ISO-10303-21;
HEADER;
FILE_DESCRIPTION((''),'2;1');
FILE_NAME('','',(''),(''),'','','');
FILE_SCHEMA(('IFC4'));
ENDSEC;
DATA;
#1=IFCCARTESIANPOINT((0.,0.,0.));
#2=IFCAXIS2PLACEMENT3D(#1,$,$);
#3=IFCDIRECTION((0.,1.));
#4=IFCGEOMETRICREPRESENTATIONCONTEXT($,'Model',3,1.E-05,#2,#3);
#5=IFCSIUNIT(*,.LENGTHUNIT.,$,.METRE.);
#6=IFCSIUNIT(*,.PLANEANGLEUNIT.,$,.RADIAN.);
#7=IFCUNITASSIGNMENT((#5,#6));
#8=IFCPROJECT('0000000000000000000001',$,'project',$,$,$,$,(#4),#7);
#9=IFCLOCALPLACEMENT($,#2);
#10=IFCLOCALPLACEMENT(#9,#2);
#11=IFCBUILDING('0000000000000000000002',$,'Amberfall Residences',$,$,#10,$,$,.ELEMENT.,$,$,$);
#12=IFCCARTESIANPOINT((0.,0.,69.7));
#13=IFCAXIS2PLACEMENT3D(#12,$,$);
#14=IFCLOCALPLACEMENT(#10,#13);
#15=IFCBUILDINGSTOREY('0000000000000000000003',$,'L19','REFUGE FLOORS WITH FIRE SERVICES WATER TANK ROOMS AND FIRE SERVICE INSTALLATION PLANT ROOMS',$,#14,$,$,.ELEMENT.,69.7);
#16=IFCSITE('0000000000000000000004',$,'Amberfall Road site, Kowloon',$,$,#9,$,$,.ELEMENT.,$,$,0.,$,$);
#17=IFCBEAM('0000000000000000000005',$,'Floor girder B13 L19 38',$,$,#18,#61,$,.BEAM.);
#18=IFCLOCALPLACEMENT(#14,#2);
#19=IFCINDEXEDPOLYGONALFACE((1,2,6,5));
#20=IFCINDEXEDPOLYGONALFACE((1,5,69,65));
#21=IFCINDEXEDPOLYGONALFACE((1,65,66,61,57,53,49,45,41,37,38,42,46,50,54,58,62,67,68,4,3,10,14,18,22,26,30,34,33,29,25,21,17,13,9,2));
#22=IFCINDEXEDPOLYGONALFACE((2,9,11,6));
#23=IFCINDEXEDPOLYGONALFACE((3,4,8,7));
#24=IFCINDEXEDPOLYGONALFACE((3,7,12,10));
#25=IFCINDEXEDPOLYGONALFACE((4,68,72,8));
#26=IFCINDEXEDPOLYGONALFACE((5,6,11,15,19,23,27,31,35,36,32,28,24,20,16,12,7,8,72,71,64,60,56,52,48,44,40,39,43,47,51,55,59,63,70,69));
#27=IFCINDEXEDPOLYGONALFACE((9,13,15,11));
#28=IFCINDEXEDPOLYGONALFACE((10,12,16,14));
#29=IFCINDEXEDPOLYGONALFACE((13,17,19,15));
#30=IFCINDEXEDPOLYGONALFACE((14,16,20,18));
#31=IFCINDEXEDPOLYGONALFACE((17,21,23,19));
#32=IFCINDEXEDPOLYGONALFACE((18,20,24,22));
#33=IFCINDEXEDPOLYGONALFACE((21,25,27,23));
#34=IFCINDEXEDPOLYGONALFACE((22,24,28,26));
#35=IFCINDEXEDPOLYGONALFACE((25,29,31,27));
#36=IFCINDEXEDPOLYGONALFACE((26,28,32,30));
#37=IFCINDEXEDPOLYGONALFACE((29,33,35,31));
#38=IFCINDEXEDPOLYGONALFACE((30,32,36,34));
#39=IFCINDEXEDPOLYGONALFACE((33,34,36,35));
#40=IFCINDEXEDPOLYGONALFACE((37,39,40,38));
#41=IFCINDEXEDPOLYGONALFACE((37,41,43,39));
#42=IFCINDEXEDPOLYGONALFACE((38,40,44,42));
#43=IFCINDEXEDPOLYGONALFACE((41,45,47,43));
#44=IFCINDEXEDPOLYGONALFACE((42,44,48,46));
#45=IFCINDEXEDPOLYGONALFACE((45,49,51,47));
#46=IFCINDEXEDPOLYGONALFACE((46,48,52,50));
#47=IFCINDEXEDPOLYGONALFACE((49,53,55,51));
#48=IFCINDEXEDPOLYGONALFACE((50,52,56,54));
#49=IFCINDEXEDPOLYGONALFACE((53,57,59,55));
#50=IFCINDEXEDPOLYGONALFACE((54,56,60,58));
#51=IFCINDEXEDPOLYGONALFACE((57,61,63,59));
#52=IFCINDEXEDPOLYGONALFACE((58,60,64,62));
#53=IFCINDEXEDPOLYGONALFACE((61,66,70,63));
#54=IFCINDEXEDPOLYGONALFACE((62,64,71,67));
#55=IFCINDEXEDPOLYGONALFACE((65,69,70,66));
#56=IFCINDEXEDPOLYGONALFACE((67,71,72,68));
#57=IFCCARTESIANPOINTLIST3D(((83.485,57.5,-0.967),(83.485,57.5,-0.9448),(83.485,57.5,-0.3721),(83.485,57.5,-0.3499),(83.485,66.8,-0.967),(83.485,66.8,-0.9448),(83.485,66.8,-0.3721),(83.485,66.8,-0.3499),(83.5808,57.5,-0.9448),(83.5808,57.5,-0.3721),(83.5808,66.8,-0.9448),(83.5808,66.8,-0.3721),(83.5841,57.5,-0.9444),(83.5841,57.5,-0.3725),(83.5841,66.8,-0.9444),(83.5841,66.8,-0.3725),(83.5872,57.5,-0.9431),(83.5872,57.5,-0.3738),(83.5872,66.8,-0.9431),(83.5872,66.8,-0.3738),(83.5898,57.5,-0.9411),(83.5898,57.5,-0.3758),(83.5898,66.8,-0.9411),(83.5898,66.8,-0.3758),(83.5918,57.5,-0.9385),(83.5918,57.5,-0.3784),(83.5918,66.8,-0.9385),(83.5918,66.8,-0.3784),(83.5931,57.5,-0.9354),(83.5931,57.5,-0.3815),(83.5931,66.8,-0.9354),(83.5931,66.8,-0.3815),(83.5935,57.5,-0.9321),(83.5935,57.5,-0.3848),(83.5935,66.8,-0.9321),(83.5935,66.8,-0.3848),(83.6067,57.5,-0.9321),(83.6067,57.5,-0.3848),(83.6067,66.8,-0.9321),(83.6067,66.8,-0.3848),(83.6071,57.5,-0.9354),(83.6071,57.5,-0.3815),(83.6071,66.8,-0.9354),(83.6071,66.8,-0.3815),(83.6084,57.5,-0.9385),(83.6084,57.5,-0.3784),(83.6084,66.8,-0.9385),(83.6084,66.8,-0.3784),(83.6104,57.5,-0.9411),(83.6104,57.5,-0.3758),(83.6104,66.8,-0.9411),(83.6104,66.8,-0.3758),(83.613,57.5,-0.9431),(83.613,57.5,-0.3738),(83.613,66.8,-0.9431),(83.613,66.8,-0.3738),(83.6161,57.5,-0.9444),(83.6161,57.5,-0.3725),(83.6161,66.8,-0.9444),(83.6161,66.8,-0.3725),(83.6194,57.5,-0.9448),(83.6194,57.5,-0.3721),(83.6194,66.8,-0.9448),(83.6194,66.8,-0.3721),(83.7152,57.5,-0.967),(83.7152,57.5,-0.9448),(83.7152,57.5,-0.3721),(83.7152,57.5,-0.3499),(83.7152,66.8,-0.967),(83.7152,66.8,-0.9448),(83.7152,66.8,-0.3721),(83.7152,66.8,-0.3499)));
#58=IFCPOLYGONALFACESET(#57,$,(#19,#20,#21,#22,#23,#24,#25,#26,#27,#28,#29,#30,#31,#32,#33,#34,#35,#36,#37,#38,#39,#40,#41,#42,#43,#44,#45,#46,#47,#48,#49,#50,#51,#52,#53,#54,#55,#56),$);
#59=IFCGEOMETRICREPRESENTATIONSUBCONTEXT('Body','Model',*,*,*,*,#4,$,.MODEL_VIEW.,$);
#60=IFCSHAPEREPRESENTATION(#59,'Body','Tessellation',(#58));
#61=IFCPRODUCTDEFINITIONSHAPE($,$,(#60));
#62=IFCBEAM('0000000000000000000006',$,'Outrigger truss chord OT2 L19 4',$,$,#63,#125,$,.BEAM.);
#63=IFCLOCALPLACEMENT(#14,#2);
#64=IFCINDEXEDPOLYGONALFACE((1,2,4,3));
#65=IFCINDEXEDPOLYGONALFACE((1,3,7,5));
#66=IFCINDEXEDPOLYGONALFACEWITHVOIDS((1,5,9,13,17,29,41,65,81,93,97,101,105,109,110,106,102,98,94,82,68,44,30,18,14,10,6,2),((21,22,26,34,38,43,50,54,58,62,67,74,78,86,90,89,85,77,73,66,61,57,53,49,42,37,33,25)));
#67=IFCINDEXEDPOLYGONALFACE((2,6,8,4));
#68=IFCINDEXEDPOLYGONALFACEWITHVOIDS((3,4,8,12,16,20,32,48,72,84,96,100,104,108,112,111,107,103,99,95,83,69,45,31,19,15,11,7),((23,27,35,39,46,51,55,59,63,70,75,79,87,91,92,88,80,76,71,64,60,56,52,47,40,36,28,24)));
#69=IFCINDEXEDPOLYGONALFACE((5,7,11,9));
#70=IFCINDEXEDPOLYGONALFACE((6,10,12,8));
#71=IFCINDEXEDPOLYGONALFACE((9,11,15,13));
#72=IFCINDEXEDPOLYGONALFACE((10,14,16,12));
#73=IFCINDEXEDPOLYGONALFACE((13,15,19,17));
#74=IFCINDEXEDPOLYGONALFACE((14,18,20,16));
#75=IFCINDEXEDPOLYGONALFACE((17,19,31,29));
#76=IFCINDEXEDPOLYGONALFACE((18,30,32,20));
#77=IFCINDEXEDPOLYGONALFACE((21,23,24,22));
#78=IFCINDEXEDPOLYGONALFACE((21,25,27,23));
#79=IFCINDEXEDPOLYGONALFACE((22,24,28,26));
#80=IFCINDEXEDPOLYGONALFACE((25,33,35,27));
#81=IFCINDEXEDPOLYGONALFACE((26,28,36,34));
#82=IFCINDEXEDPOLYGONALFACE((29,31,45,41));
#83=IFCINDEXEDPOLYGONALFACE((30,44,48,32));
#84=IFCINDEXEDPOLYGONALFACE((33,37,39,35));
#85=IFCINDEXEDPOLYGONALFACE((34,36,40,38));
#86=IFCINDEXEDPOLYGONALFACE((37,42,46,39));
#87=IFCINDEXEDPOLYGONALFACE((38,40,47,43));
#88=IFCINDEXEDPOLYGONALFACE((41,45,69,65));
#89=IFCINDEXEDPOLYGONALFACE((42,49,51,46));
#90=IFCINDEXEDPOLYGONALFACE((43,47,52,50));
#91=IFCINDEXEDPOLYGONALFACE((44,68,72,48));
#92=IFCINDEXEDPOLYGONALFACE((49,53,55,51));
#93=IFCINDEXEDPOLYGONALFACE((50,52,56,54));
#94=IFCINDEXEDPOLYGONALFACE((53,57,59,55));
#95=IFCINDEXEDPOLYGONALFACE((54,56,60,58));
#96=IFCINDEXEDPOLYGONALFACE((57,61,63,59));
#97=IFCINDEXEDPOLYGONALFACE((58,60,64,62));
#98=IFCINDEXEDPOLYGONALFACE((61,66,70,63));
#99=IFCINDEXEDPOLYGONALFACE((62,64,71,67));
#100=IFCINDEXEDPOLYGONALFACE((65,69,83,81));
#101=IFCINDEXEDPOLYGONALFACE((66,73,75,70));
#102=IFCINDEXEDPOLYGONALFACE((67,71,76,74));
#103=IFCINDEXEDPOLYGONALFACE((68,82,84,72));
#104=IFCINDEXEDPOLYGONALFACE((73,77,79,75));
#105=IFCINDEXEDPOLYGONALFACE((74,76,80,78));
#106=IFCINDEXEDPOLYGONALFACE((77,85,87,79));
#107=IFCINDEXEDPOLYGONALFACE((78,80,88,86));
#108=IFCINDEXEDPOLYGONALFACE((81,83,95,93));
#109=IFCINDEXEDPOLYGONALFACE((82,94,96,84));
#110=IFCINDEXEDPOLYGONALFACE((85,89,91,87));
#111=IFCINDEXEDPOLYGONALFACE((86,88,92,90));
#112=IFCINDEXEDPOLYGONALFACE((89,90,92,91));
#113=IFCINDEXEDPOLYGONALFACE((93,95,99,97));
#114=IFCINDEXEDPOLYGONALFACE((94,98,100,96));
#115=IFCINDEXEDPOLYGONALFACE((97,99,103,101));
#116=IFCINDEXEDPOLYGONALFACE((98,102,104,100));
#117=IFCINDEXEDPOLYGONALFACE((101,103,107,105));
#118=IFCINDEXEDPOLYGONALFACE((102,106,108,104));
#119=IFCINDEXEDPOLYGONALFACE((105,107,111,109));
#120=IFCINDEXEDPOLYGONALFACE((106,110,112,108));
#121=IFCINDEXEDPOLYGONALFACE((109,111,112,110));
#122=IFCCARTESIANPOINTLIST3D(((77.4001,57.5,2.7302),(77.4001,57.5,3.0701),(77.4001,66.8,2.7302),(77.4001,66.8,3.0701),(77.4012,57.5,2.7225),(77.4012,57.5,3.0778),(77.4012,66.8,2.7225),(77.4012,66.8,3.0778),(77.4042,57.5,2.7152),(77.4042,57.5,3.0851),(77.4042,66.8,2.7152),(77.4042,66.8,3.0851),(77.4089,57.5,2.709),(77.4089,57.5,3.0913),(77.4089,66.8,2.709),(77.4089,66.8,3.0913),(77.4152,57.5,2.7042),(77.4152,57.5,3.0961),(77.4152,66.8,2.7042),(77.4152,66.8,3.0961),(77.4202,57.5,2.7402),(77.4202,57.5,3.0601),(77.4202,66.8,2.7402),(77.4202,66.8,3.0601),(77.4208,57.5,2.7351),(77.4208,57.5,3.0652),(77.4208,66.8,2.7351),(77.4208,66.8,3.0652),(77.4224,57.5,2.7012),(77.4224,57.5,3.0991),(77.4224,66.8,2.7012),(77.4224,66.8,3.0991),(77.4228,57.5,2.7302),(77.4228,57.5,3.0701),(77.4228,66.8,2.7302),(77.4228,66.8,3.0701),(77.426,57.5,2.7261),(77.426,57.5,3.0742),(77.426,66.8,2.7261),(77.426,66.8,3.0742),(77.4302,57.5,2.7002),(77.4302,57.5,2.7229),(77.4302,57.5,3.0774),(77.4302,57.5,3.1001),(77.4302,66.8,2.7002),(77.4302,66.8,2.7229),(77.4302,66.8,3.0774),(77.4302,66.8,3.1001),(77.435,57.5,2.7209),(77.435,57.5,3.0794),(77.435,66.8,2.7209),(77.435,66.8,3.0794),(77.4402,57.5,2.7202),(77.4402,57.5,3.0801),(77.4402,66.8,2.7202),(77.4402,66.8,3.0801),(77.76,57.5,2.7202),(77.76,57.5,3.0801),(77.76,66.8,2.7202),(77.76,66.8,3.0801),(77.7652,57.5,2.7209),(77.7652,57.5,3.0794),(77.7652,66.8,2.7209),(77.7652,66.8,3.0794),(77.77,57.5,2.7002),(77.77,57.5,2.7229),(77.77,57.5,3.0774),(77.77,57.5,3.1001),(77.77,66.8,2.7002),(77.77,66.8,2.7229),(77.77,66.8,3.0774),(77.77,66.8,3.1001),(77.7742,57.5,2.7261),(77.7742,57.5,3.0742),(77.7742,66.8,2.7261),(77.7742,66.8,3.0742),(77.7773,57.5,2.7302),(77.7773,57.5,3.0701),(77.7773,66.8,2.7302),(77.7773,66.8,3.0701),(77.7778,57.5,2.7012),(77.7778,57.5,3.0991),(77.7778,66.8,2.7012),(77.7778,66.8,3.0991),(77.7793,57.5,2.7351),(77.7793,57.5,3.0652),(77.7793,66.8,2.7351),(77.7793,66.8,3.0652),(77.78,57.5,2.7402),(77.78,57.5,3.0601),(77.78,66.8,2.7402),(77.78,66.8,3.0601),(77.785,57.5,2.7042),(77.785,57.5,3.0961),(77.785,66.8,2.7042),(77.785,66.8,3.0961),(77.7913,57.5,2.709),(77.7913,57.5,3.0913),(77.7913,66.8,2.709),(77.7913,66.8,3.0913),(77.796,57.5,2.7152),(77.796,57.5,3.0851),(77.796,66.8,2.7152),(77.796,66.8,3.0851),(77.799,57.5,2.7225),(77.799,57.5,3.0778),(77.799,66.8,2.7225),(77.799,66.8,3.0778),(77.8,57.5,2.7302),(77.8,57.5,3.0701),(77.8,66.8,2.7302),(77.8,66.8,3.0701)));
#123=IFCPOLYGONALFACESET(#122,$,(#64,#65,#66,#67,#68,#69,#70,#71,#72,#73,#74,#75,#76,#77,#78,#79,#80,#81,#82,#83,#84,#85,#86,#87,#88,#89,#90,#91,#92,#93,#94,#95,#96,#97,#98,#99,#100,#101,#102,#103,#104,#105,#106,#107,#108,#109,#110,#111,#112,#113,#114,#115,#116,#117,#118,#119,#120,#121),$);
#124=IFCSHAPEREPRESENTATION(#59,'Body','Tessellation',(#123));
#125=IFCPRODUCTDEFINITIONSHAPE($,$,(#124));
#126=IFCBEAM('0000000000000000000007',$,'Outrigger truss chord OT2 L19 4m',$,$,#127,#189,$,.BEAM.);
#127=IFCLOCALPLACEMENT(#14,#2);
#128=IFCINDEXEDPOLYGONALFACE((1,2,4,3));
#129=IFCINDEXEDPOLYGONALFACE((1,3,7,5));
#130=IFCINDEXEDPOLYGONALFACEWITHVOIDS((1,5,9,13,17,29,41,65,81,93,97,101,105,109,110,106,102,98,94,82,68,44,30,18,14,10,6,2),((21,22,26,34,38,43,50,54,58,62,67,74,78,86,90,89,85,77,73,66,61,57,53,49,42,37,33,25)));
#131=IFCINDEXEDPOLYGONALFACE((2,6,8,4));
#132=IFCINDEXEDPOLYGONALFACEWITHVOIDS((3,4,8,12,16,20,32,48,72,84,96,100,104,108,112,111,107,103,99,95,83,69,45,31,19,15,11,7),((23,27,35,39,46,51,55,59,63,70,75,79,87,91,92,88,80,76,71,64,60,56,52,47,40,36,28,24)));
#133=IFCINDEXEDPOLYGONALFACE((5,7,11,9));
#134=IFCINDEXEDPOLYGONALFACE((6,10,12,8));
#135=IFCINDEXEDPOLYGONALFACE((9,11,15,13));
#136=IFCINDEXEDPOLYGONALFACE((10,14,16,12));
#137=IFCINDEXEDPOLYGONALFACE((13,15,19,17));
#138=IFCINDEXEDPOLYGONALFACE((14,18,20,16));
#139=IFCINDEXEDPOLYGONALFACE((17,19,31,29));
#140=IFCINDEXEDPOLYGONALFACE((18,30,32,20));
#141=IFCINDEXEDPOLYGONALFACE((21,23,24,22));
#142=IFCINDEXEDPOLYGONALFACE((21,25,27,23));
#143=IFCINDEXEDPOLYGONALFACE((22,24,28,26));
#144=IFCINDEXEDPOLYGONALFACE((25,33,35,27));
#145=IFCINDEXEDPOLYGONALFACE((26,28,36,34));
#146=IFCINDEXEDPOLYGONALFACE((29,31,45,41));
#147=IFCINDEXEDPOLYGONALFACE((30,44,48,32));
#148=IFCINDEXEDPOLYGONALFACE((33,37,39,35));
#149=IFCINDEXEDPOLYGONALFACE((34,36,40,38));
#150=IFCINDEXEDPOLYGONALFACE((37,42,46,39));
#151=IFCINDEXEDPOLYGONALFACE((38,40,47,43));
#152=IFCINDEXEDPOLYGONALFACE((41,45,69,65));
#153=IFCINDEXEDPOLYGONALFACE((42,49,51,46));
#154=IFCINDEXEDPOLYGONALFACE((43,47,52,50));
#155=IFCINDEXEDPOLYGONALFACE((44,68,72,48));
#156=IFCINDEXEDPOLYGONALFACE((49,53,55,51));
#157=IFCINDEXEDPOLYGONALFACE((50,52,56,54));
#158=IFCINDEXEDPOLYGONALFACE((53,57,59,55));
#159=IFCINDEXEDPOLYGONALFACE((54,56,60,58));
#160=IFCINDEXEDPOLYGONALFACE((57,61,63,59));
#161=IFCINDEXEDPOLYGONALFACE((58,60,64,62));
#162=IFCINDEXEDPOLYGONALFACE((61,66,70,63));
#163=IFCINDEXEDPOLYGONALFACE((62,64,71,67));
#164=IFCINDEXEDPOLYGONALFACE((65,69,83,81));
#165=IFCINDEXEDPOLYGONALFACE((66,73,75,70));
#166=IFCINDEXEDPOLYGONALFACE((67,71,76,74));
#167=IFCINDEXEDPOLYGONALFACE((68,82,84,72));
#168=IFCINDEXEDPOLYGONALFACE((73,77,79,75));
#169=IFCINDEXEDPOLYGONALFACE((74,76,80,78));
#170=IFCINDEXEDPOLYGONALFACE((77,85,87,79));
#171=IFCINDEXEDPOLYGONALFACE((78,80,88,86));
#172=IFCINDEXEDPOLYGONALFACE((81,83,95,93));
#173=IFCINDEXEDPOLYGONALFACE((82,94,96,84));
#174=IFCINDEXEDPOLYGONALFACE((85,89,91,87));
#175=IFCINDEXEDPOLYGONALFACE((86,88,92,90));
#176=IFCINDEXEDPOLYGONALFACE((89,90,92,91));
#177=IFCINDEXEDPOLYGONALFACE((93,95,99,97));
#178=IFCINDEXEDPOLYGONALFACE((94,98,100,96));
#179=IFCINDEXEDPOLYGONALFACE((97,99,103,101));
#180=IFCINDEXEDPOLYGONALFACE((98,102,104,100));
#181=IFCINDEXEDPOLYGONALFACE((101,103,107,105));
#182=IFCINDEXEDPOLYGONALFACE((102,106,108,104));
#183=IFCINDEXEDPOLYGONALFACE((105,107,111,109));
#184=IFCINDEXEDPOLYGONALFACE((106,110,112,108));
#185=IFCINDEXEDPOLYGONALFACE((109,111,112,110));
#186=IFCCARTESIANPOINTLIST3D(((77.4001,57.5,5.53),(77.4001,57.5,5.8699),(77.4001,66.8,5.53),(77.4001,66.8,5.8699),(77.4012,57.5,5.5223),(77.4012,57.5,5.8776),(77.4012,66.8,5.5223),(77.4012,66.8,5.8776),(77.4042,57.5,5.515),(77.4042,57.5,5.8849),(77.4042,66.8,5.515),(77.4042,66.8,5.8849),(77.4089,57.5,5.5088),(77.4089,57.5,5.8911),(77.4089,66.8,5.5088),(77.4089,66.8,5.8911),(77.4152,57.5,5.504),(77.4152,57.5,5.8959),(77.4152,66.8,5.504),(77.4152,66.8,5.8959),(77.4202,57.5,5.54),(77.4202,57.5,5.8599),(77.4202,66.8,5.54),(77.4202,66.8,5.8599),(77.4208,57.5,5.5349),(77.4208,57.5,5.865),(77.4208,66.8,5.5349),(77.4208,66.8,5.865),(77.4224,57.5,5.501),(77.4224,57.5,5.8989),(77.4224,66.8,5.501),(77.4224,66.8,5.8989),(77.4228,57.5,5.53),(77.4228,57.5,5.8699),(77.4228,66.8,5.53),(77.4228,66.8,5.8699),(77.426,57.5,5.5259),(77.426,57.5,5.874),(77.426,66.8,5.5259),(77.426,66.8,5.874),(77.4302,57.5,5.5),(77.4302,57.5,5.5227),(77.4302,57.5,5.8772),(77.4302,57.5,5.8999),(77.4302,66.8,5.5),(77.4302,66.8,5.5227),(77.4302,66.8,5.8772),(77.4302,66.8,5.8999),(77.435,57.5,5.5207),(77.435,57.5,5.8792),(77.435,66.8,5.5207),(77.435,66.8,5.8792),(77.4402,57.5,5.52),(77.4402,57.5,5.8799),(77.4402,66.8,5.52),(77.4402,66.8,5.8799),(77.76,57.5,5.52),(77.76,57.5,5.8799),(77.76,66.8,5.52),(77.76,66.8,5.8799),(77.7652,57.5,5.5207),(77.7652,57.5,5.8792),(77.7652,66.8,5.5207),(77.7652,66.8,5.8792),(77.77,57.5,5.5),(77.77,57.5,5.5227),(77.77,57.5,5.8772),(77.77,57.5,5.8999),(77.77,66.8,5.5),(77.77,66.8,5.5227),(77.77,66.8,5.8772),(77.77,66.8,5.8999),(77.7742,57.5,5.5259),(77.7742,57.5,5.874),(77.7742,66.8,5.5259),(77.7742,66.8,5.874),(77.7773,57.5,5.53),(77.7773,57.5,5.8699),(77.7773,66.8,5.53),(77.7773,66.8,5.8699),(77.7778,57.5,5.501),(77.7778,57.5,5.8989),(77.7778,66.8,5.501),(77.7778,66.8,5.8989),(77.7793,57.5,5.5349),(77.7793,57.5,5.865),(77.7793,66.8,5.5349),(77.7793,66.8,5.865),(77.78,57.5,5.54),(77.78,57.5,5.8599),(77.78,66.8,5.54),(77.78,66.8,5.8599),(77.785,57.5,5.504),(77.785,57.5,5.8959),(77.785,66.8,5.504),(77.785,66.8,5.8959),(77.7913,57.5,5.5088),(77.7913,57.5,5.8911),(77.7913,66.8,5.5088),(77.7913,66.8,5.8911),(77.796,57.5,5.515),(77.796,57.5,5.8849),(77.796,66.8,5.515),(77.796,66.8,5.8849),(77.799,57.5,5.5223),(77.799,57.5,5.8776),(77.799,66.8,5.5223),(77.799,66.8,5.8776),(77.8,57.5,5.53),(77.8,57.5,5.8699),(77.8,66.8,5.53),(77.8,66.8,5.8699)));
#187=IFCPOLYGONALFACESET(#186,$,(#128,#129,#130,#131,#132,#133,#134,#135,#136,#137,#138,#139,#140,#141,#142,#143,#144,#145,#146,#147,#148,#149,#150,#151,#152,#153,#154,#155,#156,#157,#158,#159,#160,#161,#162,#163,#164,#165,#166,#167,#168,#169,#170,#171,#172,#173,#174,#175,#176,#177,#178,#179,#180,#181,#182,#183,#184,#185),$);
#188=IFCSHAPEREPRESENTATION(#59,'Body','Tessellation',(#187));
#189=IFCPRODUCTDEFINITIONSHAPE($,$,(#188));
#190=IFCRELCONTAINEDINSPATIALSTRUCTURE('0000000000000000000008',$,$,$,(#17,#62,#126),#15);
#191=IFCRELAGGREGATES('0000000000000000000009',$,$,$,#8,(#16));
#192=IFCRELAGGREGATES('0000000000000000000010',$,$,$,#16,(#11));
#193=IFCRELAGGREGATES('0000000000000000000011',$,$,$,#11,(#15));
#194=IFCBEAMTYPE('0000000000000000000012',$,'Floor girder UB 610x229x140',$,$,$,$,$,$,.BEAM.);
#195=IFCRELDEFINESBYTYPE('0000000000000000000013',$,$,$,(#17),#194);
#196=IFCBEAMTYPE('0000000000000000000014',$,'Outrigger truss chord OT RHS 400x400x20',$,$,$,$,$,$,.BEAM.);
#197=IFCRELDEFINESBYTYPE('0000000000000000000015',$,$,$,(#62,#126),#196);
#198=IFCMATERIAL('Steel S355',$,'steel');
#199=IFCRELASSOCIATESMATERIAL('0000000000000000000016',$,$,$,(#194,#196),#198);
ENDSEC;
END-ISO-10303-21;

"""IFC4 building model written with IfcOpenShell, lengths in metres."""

from ifc_helpers import new_model, si_unit, direction, frame, origin, origin_2d, place, context, subcontext, project, spatial, hollow_rectangle, i_section, extrude, material, material_profile, profile_set, type_object, element, save


model = new_model("IFC4")

# Units and contexts
model_context = context("Model", 3, precision=1e-05, world=origin(), true_north=direction((0.0, 1.0)))
body_context = subcontext(model_context, "Body", "Model", "MODEL_VIEW")
ifc_project = project(units=[si_unit("LENGTHUNIT", "METRE"), si_unit("PLANEANGLEUNIT", "RADIAN")], contexts=[model_context])

# Site, building, storey
site_placement = place(None, origin())
site = spatial("IfcSite", under=ifc_project, at=site_placement, Name="Amberfall Road site, Kowloon", CompositionType="ELEMENT", RefElevation=0.0)
building_placement = place(site_placement, origin())
building = spatial("IfcBuilding", under=site, at=building_placement, Name="Amberfall Residences", CompositionType="ELEMENT")
storey_placement = place(building_placement, frame((0.0, 0.0, 69.7)))
storey = spatial("IfcBuildingStorey", under=building, at=storey_placement, Name="L19", Description="REFUGE FLOORS WITH FIRE SERVICES WATER TANK ROOMS AND FIRE SERVICE INSTALLATION PLANT ROOMS", CompositionType="ELEMENT", Elevation=69.7)

# Shared definitions
ifc_material_1 = material(Name="Steel S355", Category="steel")

# Beams
ifc_material_profile_1 = material_profile(ifc_material_1, i_section(OverallWidth=0.2302, OverallDepth=0.6172, WebThickness=0.0132, FlangeThickness=0.0222, FilletRadius=0.0127, at=origin_2d()), Name="UB 610x229x140")
ifc_profile_set_1 = profile_set([ifc_material_profile_1], Name="Steel S355")
beam_type_1 = type_object("IfcBeamType", Name="Floor girder UB 610x229x140", PredefinedType="BEAM", material=ifc_profile_set_1)
for number, where, z_axis, x_axis, name in (
    (1, (83.6001, 66.8, -0.6584), (0.0, -1.0, 0.0), (1.0, 0.0, 0.0), "Floor girder B13 L19 38"),
):
    element("IfcBeam", number, at=place(storey_placement, frame(where, z_axis=z_axis, x_axis=x_axis)), inside=storey, type_object=beam_type_1, Name=name, PredefinedType="BEAM", context=body_context, shape_type="SweptSolid", body=[
        extrude(i_section(OverallWidth=0.2302, OverallDepth=0.6172, WebThickness=0.0132, FlangeThickness=0.0222, FilletRadius=0.0127, at=origin_2d()), origin(), (0.0, 0.0, 1.0), 9.3),
    ])
ifc_material_profile_2 = material_profile(ifc_material_1, hollow_rectangle(XDim=0.3999, YDim=0.3999, WallThickness=0.02, InnerFilletRadius=0.02, OuterFilletRadius=0.03, at=origin_2d()), Name="RHS 400x400x20")
ifc_profile_set_2 = profile_set([ifc_material_profile_2], Name="Steel S355")
beam_type_2 = type_object("IfcBeamType", Name="Outrigger truss chord OT RHS 400x400x20", PredefinedType="BEAM", material=ifc_profile_set_2)
for number, where, z_axis, x_axis, name in (
    (2, (77.6001, 66.8, 2.9001), (0.0, -1.0, 0.0), (1.0, 0.0, 0.0), "Outrigger truss chord OT2 L19 4"),
    (3, (77.6001, 66.8, 5.7), (0.0, -1.0, 0.0), (1.0, 0.0, 0.0), "Outrigger truss chord OT2 L19 4m"),
):
    element("IfcBeam", number, at=place(storey_placement, frame(where, z_axis=z_axis, x_axis=x_axis)), inside=storey, type_object=beam_type_2, Name=name, PredefinedType="BEAM", context=body_context, shape_type="SweptSolid", body=[
        extrude(hollow_rectangle(XDim=0.3999, YDim=0.3999, WallThickness=0.02, InnerFilletRadius=0.02, OuterFilletRadius=0.03, at=origin_2d()), origin(), (0.0, 0.0, 1.0), 9.3),
    ])

save(model, "model.ifc")
